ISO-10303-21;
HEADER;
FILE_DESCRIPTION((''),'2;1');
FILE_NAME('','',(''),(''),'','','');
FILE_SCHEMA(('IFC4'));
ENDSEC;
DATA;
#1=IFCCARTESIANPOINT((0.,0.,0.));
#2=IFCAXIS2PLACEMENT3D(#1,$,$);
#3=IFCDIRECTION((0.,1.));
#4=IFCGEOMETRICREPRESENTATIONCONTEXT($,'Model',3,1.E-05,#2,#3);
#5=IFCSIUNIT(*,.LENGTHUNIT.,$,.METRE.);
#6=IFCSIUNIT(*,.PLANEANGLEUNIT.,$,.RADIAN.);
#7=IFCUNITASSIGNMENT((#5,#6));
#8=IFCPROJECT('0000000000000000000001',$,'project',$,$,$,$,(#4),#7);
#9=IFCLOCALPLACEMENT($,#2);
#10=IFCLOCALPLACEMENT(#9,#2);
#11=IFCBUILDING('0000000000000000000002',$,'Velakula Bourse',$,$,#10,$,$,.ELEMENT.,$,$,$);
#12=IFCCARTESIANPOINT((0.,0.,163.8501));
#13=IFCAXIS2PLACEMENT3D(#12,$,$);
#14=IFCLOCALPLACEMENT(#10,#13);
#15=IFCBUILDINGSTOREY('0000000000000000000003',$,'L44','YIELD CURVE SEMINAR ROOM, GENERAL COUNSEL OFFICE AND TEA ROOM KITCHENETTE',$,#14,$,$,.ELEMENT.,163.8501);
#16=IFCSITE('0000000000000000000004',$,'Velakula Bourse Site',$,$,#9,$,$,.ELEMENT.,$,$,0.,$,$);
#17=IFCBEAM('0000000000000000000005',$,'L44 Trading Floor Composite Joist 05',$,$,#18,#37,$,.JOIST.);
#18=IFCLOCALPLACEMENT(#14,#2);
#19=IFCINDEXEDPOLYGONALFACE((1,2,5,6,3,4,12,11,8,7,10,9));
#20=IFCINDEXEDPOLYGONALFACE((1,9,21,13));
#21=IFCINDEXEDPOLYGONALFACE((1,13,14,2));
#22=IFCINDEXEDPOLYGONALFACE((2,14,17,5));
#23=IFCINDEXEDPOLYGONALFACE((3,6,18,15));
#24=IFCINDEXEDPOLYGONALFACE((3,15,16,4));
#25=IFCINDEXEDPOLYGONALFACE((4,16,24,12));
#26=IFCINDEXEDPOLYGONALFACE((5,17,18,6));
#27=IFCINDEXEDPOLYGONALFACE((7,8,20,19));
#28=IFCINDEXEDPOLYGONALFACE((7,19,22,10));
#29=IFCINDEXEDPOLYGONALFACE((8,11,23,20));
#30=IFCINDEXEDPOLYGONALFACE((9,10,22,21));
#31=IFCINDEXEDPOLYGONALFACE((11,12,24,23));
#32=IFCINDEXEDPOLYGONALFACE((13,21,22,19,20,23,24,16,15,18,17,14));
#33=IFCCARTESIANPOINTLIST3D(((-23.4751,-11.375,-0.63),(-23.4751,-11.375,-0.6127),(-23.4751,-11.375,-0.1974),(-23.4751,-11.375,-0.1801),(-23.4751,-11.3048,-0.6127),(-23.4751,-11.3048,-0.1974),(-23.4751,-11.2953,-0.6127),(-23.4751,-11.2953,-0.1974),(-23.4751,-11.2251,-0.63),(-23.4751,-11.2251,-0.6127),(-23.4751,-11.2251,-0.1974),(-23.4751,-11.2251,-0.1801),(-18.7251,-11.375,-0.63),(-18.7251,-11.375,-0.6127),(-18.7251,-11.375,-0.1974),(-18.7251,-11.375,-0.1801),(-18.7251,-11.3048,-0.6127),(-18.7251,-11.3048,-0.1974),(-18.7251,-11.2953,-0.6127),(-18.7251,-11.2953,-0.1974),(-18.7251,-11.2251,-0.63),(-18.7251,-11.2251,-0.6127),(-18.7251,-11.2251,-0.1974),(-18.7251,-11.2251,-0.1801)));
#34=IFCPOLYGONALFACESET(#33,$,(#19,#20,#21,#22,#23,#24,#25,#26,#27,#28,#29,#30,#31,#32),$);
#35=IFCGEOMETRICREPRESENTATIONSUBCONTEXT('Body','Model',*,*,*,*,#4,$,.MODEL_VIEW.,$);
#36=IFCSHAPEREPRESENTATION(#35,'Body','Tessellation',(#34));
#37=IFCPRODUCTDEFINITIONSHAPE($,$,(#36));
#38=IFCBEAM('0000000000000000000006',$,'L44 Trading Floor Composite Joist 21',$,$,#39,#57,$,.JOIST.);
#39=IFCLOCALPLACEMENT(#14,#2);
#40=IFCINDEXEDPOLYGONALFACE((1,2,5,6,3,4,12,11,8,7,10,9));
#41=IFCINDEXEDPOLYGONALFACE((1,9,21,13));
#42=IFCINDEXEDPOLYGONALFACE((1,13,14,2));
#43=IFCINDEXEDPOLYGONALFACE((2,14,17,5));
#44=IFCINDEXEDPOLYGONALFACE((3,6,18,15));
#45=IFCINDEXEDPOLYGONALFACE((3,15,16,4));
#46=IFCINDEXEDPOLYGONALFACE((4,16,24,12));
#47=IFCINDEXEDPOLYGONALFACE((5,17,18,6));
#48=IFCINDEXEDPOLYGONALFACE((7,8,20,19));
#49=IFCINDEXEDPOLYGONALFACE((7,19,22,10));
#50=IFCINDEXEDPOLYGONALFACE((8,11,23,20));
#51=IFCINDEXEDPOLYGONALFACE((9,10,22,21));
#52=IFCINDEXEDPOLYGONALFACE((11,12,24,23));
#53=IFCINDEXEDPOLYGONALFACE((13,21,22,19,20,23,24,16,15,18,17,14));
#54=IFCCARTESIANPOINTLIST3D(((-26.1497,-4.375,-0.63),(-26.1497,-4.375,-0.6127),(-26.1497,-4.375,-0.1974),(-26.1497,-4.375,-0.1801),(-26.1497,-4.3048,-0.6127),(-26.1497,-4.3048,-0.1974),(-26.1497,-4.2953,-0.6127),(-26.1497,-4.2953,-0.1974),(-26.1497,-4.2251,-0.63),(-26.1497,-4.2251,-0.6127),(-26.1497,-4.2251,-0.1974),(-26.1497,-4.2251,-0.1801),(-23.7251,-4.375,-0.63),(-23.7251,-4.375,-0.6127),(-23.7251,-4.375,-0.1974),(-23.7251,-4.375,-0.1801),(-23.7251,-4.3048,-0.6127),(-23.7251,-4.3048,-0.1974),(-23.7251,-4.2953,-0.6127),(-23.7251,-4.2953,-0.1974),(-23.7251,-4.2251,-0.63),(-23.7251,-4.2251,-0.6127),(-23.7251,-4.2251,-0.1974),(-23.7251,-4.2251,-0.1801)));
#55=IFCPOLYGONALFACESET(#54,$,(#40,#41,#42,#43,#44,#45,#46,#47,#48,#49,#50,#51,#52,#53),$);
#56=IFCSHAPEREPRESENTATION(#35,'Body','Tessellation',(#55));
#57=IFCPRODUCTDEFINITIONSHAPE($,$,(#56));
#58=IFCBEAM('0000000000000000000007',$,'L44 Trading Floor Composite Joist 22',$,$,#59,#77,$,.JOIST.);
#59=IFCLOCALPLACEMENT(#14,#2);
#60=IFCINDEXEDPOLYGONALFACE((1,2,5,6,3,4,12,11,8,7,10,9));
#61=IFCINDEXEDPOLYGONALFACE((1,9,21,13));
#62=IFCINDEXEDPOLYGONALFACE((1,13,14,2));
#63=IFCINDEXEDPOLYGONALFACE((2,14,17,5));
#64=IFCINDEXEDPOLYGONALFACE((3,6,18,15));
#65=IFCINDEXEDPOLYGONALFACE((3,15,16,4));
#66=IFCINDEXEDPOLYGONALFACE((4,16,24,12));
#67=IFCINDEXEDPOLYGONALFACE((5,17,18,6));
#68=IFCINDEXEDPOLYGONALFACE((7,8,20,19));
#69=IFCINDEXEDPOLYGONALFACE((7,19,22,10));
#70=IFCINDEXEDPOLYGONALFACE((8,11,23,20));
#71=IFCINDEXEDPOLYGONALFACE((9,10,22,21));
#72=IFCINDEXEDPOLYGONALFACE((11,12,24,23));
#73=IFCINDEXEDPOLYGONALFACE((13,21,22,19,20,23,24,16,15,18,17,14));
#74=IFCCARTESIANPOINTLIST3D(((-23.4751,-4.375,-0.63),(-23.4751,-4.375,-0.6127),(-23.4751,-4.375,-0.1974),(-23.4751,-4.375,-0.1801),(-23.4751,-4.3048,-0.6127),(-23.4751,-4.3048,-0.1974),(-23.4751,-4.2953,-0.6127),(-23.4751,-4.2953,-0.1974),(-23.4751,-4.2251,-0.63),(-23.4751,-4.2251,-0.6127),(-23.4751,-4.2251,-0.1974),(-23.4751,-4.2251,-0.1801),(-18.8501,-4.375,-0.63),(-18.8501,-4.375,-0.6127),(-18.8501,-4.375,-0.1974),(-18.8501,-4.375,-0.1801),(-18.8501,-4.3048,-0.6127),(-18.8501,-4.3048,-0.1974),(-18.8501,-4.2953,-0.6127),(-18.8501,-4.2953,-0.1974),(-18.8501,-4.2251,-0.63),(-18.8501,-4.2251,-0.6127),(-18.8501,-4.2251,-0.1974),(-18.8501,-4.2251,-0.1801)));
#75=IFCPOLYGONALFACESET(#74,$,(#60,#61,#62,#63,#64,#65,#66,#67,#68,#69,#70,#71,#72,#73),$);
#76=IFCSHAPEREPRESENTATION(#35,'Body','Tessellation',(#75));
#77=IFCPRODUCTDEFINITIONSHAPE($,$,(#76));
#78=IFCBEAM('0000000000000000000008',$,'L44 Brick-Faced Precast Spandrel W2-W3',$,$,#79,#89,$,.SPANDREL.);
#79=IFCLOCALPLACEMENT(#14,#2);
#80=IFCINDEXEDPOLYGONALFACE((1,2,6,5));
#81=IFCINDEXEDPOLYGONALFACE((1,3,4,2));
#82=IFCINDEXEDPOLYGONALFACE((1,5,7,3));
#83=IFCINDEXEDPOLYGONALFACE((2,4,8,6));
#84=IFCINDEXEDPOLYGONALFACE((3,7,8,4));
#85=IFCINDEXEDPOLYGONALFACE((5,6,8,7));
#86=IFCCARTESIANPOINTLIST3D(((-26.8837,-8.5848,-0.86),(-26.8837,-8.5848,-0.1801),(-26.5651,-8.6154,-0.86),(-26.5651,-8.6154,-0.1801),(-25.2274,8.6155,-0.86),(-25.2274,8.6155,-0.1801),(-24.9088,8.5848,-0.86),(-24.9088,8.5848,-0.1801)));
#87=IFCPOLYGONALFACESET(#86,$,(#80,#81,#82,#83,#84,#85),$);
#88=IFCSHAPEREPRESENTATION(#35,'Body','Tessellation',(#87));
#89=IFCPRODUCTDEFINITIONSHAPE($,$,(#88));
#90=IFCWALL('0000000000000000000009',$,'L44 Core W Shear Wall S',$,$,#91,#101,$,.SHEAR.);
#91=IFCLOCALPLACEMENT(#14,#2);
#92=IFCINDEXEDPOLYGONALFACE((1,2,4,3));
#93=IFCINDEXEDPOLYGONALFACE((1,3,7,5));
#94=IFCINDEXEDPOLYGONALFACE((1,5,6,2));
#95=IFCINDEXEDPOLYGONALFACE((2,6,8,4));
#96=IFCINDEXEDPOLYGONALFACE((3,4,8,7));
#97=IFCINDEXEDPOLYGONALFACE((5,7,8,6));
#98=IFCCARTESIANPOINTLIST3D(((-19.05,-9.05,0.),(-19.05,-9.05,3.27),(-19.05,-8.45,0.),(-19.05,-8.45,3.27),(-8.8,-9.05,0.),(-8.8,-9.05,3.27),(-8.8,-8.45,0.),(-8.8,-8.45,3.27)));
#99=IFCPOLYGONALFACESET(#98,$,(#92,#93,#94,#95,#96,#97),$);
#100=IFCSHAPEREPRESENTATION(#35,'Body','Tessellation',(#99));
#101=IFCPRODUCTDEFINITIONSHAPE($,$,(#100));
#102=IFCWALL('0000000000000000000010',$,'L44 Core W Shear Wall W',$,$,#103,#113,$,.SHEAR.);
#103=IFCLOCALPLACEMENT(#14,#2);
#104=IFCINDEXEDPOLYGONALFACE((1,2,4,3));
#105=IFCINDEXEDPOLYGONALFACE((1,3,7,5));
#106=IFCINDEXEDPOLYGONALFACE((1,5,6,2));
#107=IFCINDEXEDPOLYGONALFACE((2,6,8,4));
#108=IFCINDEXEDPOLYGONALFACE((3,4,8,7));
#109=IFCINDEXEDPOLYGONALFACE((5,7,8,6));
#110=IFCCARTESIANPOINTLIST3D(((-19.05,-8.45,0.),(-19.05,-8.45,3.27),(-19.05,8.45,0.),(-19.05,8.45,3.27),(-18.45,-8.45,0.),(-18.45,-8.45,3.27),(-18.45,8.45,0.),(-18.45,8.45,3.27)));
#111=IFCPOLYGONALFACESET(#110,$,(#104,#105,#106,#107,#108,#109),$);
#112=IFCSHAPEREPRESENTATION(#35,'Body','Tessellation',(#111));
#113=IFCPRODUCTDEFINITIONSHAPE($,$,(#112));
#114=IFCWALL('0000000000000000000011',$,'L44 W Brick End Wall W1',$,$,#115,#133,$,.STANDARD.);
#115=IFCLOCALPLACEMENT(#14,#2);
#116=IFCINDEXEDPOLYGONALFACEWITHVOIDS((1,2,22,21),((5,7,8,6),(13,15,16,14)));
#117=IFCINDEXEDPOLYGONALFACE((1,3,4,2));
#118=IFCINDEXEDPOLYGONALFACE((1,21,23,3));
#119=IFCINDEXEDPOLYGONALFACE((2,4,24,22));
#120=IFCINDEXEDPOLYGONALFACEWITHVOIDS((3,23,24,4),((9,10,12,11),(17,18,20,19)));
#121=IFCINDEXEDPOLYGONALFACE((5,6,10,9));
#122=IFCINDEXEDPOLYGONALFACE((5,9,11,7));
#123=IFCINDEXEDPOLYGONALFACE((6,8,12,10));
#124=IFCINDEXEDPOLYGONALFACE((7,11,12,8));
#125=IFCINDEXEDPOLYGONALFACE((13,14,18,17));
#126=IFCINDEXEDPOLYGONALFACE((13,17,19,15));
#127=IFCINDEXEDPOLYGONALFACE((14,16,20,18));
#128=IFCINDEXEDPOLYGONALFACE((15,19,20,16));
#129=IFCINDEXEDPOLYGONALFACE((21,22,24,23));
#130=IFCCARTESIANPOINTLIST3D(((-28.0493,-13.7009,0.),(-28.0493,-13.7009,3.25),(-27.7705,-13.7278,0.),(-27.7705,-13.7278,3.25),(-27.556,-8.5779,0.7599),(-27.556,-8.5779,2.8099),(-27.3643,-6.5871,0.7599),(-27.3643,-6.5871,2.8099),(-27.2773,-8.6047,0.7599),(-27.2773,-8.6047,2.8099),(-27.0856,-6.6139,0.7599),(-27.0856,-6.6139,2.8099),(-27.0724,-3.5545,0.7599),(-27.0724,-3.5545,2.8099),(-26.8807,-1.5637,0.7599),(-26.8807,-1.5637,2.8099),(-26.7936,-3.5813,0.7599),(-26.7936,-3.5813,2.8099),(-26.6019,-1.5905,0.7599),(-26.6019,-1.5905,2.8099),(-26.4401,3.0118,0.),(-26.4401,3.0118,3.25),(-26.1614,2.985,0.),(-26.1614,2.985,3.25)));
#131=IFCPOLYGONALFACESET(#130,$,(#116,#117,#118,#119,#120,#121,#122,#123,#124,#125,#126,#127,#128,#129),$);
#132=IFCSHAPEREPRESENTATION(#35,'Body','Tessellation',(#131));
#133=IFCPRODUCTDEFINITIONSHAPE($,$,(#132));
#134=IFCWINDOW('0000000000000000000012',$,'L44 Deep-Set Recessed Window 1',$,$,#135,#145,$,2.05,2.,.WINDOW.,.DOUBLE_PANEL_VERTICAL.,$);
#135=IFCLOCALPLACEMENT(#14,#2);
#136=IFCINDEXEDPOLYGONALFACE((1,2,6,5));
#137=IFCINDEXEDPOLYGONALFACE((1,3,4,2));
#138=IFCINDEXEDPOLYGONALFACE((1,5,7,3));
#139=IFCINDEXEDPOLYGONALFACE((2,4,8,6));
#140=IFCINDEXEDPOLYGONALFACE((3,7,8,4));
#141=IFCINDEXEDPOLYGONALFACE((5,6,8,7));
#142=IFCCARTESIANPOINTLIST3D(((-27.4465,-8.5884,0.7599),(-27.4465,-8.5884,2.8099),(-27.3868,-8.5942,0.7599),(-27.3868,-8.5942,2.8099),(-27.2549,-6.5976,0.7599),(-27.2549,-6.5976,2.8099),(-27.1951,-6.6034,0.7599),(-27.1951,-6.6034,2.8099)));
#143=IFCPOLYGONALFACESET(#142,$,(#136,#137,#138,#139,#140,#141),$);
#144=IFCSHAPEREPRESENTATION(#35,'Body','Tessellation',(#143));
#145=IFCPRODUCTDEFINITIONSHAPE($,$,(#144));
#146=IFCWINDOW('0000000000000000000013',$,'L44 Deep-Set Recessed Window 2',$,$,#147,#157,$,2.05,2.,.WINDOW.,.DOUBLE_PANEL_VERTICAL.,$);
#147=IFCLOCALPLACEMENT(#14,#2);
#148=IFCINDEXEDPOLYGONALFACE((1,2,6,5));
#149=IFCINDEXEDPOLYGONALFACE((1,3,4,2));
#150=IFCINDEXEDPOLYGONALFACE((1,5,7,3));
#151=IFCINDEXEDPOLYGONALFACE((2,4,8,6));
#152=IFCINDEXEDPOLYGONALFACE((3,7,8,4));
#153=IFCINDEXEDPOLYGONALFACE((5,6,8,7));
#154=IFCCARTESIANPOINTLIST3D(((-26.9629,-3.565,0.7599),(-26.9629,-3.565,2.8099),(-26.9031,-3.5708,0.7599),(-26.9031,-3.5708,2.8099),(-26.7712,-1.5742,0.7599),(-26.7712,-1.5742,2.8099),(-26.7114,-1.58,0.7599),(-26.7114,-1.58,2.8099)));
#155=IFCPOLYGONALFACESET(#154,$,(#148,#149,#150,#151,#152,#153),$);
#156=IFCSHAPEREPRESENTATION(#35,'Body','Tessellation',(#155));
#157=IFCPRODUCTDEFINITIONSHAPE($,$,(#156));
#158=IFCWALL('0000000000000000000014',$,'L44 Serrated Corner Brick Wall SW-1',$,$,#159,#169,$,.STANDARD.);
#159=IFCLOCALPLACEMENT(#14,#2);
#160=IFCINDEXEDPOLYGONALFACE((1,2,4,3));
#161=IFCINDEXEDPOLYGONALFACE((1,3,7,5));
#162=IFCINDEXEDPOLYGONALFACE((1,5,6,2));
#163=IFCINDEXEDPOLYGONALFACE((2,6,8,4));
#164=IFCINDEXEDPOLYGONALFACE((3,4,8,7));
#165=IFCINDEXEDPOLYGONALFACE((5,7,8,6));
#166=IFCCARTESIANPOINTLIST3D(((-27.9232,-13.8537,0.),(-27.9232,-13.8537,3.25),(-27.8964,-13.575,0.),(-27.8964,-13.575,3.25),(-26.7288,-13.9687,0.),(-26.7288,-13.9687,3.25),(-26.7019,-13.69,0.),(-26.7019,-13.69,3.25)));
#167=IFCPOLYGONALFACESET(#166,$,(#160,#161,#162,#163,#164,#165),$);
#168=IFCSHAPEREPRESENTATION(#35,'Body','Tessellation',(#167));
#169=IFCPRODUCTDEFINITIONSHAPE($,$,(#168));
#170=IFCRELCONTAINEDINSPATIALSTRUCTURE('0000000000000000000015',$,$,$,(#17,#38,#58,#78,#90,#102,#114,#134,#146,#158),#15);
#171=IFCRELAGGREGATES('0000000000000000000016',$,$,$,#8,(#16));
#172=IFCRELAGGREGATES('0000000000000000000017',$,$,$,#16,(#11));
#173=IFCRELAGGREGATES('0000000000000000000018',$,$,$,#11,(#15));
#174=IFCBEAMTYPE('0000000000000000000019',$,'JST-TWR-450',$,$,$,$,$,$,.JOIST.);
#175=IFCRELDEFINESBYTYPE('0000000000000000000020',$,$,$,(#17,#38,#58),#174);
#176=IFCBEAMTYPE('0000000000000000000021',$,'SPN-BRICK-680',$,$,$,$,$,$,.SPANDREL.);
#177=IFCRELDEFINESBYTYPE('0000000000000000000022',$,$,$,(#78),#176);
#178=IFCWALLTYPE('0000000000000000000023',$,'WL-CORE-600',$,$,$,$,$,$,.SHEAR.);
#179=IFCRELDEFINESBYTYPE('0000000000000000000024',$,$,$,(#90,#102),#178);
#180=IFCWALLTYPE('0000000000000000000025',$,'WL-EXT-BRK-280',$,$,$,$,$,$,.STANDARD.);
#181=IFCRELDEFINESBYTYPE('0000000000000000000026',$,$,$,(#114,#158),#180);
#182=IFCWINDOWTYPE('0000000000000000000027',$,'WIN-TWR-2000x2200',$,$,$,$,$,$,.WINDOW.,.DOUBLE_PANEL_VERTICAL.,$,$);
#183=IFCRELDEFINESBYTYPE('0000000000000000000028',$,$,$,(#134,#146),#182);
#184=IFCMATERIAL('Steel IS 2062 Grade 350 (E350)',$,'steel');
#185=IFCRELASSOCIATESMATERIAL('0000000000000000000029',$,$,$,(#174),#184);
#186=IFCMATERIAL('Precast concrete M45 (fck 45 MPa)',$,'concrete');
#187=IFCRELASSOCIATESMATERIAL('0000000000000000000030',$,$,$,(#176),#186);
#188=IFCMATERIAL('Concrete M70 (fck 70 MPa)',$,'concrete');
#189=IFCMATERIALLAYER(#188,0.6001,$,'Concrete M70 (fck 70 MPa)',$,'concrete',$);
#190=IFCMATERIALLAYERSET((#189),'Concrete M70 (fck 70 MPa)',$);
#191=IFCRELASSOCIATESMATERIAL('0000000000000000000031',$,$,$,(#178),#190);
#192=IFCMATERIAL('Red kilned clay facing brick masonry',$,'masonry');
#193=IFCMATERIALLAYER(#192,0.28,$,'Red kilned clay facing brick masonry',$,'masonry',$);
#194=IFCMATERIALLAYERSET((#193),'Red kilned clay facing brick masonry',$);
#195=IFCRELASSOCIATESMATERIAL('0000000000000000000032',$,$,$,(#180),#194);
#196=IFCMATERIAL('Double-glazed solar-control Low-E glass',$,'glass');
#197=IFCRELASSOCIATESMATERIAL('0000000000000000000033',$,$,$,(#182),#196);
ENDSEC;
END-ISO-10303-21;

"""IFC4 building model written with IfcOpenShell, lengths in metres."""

from ifc_helpers import new_model, si_unit, direction, frame, frame_2d, origin, origin_2d, place, context, subcontext, project, spatial, rectangle, i_section, extrude, material, layer, layer_set, material_profile, profile_set, type_object, element, fill, save


model = new_model("IFC4")

# Units and contexts
model_context = context("Model", 3, precision=1e-05, world=origin(), true_north=direction((0.0, 1.0)))
body_context = subcontext(model_context, "Body", "Model", "MODEL_VIEW")
ifc_project = project(units=[si_unit("LENGTHUNIT", "METRE"), si_unit("PLANEANGLEUNIT", "RADIAN")], contexts=[model_context])

# Site, building, storey
site_placement = place(None, origin())
site = spatial("IfcSite", under=ifc_project, at=site_placement, Name="Velakula Bourse Site", CompositionType="ELEMENT", RefElevation=0.0)
building_placement = place(site_placement, origin())
building = spatial("IfcBuilding", under=site, at=building_placement, Name="Velakula Bourse", CompositionType="ELEMENT")
storey_placement = place(building_placement, frame((0.0, 0.0, 163.8501)))
storey = spatial("IfcBuildingStorey", under=building, at=storey_placement, Name="L44", Description="YIELD CURVE SEMINAR ROOM, GENERAL COUNSEL OFFICE AND TEA ROOM KITCHENETTE", CompositionType="ELEMENT", Elevation=163.8501)

# Shared definitions
ifc_material_1 = material(Name="Steel IS 2062 Grade 350 (E350)", Category="steel")

# Beams
ifc_material_profile_1 = material_profile(ifc_material_1, i_section(OverallWidth=0.1499, OverallDepth=0.45, WebThickness=0.0095, FlangeThickness=0.0173, at=origin_2d()), Name="Steel IS 2062 Grade 350 (E350)")
ifc_profile_set_1 = profile_set([ifc_material_profile_1], Name="Steel IS 2062 Grade 350 (E350)")
beam_type_1 = type_object("IfcBeamType", Name="JST-TWR-450", PredefinedType="JOIST", material=ifc_profile_set_1)
beam_1_placement = place(storey_placement, frame((-23.4751, -11.3, -0.405), z_axis=(1.0, 0.0, 0.0), x_axis=(0.0, 1.0, 0.0)))
element("IfcBeam", 1, at=beam_1_placement, inside=storey, type_object=beam_type_1, Name="L44 Trading Floor Composite Joist 05", PredefinedType="JOIST", context=body_context, shape_type="SweptSolid", body=[
    extrude(i_section(OverallWidth=0.1499, OverallDepth=0.45, WebThickness=0.0095, FlangeThickness=0.0173, at=origin_2d()), origin(), (0.0, 0.0, 1.0), 4.75),
])
beam_2_placement = place(storey_placement, frame((-26.1497, -4.3, -0.405), z_axis=(1.0, 0.0, 0.0), x_axis=(0.0, 1.0, 0.0)))
element("IfcBeam", 2, at=beam_2_placement, inside=storey, type_object=beam_type_1, Name="L44 Trading Floor Composite Joist 21", PredefinedType="JOIST", context=body_context, shape_type="SweptSolid", body=[
    extrude(i_section(OverallWidth=0.1499, OverallDepth=0.45, WebThickness=0.0095, FlangeThickness=0.0173, at=origin_2d()), origin(), (0.0, 0.0, 1.0), 2.4246),
])
beam_3_placement = place(storey_placement, frame((-23.4751, -4.3, -0.405), z_axis=(1.0, 0.0, 0.0), x_axis=(0.0, 1.0, 0.0)))
element("IfcBeam", 3, at=beam_3_placement, inside=storey, type_object=beam_type_1, Name="L44 Trading Floor Composite Joist 22", PredefinedType="JOIST", context=body_context, shape_type="SweptSolid", body=[
    extrude(i_section(OverallWidth=0.1499, OverallDepth=0.45, WebThickness=0.0095, FlangeThickness=0.0173, at=origin_2d()), origin(), (0.0, 0.0, 1.0), 4.625),
])
ifc_material_2 = material(Name="Precast concrete M45 (fck 45 MPa)", Category="concrete")
ifc_material_profile_2 = material_profile(ifc_material_2, rectangle(XDim=0.3201, YDim=0.6799, at=origin_2d()), Name="Precast concrete M45 (fck 45 MPa)")
ifc_profile_set_2 = profile_set([ifc_material_profile_2], Name="Precast concrete M45 (fck 45 MPa)")
beam_type_2 = type_object("IfcBeamType", Name="SPN-BRICK-680", PredefinedType="SPANDREL", material=ifc_profile_set_2)
beam_4_placement = place(storey_placement, frame((-26.7244, -8.6001, -0.52), z_axis=(0.095849, 0.995396, 0.0), x_axis=(-0.995396, 0.095849, 0.0)))
element("IfcBeam", 4, at=beam_4_placement, inside=storey, type_object=beam_type_2, Name="L44 Brick-Faced Precast Spandrel W2-W3", PredefinedType="SPANDREL", context=body_context, shape_type="SweptSolid", body=[
    extrude(rectangle(XDim=0.3201, YDim=0.6799, at=origin_2d()), origin(), (0.0, 0.0, 1.0), 17.2798),
])

# Walls
ifc_material_3 = material(Name="Concrete M70 (fck 70 MPa)", Category="concrete")
ifc_layer_1 = layer(ifc_material_3, 0.6001, Name="Concrete M70 (fck 70 MPa)", Category="concrete")
ifc_layer_set_1 = layer_set([ifc_layer_1], Name="Concrete M70 (fck 70 MPa)")
wall_type_1 = type_object("IfcWallType", Name="WL-CORE-600", PredefinedType="SHEAR", material=ifc_layer_set_1)
wall_1_placement = place(storey_placement, frame((-19.05, -8.75, 0.0), z_axis=(0.0, 0.0, 1.0), x_axis=(1.0, 0.0, 0.0)))
element("IfcWall", 5, at=wall_1_placement, inside=storey, type_object=wall_type_1, Name="L44 Core W Shear Wall S", PredefinedType="SHEAR", context=body_context, shape_type="SweptSolid", body=[
    extrude(rectangle(XDim=10.25, YDim=0.6001, at=frame_2d((5.125, 0.0))), origin(), (0.0, 0.0, 1.0), 3.27),
])
wall_2_placement = place(storey_placement, frame((-18.75, -8.45, 0.0), z_axis=(0.0, 0.0, 1.0), x_axis=(0.0, 1.0, 0.0)))
element("IfcWall", 6, at=wall_2_placement, inside=storey, type_object=wall_type_1, Name="L44 Core W Shear Wall W", PredefinedType="SHEAR", context=body_context, shape_type="SweptSolid", body=[
    extrude(rectangle(XDim=16.8999, YDim=0.6001, at=frame_2d((8.45, 0.0))), origin(), (0.0, 0.0, 1.0), 3.27),
])

# Wall, openings, windows
ifc_material_4 = material(Name="Red kilned clay facing brick masonry", Category="masonry")
ifc_layer_2 = layer(ifc_material_4, 0.28, Name="Red kilned clay facing brick masonry", Category="masonry")
ifc_layer_set_2 = layer_set([ifc_layer_2], Name="Red kilned clay facing brick masonry")
wall_type_2 = type_object("IfcWallType", Name="WL-EXT-BRK-280", PredefinedType="STANDARD", material=ifc_layer_set_2)
wall_3_placement = place(storey_placement, frame((-27.9099, -13.7144, 0.0), z_axis=(0.0, 0.0, 1.0), x_axis=(0.095839, 0.995397, 0.0)))
wall_3 = element("IfcWall", 7, at=wall_3_placement, inside=storey, type_object=wall_type_2, Name="L44 W Brick End Wall W1", PredefinedType="STANDARD", context=body_context, shape_type="SweptSolid", body=[
    extrude(rectangle(XDim=16.79, YDim=0.28, at=frame_2d((8.395, 0.0))), origin(), (0.0, 0.0, 1.0), 3.25),
])
opening_1_placement = place(wall_3_placement, frame((5.1467, 0.0, 0.76)))
opening_1 = element("IfcOpeningElement", 8, at=opening_1_placement, cuts=wall_3, PredefinedType="OPENING", context=body_context, shape_type="SweptSolid", body=[
    extrude(rectangle(XDim=2.0, YDim=2.05, at=frame_2d((1.0, 1.0249))), frame((0.0, 0.1499, 0.0), z_axis=(0.0, -1.0, 0.0), x_axis=(1.0, 0.0, 0.0)), (0.0, 0.0, 1.0), 0.3),
])
opening_2_placement = place(wall_3_placement, frame((10.1934, 0.0, 0.76)))
opening_2 = element("IfcOpeningElement", 9, at=opening_2_placement, cuts=wall_3, PredefinedType="OPENING", context=body_context, shape_type="SweptSolid", body=[
    extrude(rectangle(XDim=2.0, YDim=2.05, at=frame_2d((1.0, 1.0249))), frame((0.0, 0.1499, 0.0), z_axis=(0.0, -1.0, 0.0), x_axis=(1.0, 0.0, 0.0)), (0.0, 0.0, 1.0), 0.3),
])
ifc_material_5 = material(Name="Double-glazed solar-control Low-E glass", Category="glass")
window_type = type_object("IfcWindowType", Name="WIN-TWR-2000x2200", PartitioningType="DOUBLE_PANEL_VERTICAL", PredefinedType="WINDOW", material=ifc_material_5)
window_1_placement = place(opening_1_placement, origin())
window_1 = element("IfcWindow", 10, at=window_1_placement, inside=storey, type_object=window_type, Name="L44 Deep-Set Recessed Window 1", OverallHeight=2.05, OverallWidth=2.0, PartitioningType="DOUBLE_PANEL_VERTICAL", PredefinedType="WINDOW", context=body_context, shape_type="SweptSolid", body=[
    extrude(rectangle(XDim=2.0, YDim=2.05, at=frame_2d((1.0, 1.0249))), frame((0.0, 0.03, 0.0), z_axis=(0.0, -1.0, 0.0), x_axis=(1.0, 0.0, 0.0)), (0.0, 0.0, 1.0), 0.0601),
])
fill(opening_1, window_1)
window_2_placement = place(opening_2_placement, origin())
window_2 = element("IfcWindow", 11, at=window_2_placement, inside=storey, type_object=window_type, Name="L44 Deep-Set Recessed Window 2", OverallHeight=2.05, OverallWidth=2.0, PartitioningType="DOUBLE_PANEL_VERTICAL", PredefinedType="WINDOW", context=body_context, shape_type="SweptSolid", body=[
    extrude(rectangle(XDim=2.0, YDim=2.05, at=frame_2d((1.0, 1.0249))), frame((0.0, 0.03, 0.0), z_axis=(0.0, -1.0, 0.0), x_axis=(1.0, 0.0, 0.0)), (0.0, 0.0, 1.0), 0.0601),
])
fill(opening_2, window_2)

# Wall
wall_4_placement = place(storey_placement, frame((-27.9099, -13.7144, 0.0), z_axis=(0.0, 0.0, 1.0), x_axis=(0.995397, -0.095836, 0.0)))
element("IfcWall", 12, at=wall_4_placement, inside=storey, type_object=wall_type_2, Name="L44 Serrated Corner Brick Wall SW-1", PredefinedType="STANDARD", context=body_context, shape_type="SweptSolid", body=[
    extrude(rectangle(XDim=1.2, YDim=0.28, at=frame_2d((0.6001, 0.0))), origin(), (0.0, 0.0, 1.0), 3.25),
])

save(model, "model.ifc")
